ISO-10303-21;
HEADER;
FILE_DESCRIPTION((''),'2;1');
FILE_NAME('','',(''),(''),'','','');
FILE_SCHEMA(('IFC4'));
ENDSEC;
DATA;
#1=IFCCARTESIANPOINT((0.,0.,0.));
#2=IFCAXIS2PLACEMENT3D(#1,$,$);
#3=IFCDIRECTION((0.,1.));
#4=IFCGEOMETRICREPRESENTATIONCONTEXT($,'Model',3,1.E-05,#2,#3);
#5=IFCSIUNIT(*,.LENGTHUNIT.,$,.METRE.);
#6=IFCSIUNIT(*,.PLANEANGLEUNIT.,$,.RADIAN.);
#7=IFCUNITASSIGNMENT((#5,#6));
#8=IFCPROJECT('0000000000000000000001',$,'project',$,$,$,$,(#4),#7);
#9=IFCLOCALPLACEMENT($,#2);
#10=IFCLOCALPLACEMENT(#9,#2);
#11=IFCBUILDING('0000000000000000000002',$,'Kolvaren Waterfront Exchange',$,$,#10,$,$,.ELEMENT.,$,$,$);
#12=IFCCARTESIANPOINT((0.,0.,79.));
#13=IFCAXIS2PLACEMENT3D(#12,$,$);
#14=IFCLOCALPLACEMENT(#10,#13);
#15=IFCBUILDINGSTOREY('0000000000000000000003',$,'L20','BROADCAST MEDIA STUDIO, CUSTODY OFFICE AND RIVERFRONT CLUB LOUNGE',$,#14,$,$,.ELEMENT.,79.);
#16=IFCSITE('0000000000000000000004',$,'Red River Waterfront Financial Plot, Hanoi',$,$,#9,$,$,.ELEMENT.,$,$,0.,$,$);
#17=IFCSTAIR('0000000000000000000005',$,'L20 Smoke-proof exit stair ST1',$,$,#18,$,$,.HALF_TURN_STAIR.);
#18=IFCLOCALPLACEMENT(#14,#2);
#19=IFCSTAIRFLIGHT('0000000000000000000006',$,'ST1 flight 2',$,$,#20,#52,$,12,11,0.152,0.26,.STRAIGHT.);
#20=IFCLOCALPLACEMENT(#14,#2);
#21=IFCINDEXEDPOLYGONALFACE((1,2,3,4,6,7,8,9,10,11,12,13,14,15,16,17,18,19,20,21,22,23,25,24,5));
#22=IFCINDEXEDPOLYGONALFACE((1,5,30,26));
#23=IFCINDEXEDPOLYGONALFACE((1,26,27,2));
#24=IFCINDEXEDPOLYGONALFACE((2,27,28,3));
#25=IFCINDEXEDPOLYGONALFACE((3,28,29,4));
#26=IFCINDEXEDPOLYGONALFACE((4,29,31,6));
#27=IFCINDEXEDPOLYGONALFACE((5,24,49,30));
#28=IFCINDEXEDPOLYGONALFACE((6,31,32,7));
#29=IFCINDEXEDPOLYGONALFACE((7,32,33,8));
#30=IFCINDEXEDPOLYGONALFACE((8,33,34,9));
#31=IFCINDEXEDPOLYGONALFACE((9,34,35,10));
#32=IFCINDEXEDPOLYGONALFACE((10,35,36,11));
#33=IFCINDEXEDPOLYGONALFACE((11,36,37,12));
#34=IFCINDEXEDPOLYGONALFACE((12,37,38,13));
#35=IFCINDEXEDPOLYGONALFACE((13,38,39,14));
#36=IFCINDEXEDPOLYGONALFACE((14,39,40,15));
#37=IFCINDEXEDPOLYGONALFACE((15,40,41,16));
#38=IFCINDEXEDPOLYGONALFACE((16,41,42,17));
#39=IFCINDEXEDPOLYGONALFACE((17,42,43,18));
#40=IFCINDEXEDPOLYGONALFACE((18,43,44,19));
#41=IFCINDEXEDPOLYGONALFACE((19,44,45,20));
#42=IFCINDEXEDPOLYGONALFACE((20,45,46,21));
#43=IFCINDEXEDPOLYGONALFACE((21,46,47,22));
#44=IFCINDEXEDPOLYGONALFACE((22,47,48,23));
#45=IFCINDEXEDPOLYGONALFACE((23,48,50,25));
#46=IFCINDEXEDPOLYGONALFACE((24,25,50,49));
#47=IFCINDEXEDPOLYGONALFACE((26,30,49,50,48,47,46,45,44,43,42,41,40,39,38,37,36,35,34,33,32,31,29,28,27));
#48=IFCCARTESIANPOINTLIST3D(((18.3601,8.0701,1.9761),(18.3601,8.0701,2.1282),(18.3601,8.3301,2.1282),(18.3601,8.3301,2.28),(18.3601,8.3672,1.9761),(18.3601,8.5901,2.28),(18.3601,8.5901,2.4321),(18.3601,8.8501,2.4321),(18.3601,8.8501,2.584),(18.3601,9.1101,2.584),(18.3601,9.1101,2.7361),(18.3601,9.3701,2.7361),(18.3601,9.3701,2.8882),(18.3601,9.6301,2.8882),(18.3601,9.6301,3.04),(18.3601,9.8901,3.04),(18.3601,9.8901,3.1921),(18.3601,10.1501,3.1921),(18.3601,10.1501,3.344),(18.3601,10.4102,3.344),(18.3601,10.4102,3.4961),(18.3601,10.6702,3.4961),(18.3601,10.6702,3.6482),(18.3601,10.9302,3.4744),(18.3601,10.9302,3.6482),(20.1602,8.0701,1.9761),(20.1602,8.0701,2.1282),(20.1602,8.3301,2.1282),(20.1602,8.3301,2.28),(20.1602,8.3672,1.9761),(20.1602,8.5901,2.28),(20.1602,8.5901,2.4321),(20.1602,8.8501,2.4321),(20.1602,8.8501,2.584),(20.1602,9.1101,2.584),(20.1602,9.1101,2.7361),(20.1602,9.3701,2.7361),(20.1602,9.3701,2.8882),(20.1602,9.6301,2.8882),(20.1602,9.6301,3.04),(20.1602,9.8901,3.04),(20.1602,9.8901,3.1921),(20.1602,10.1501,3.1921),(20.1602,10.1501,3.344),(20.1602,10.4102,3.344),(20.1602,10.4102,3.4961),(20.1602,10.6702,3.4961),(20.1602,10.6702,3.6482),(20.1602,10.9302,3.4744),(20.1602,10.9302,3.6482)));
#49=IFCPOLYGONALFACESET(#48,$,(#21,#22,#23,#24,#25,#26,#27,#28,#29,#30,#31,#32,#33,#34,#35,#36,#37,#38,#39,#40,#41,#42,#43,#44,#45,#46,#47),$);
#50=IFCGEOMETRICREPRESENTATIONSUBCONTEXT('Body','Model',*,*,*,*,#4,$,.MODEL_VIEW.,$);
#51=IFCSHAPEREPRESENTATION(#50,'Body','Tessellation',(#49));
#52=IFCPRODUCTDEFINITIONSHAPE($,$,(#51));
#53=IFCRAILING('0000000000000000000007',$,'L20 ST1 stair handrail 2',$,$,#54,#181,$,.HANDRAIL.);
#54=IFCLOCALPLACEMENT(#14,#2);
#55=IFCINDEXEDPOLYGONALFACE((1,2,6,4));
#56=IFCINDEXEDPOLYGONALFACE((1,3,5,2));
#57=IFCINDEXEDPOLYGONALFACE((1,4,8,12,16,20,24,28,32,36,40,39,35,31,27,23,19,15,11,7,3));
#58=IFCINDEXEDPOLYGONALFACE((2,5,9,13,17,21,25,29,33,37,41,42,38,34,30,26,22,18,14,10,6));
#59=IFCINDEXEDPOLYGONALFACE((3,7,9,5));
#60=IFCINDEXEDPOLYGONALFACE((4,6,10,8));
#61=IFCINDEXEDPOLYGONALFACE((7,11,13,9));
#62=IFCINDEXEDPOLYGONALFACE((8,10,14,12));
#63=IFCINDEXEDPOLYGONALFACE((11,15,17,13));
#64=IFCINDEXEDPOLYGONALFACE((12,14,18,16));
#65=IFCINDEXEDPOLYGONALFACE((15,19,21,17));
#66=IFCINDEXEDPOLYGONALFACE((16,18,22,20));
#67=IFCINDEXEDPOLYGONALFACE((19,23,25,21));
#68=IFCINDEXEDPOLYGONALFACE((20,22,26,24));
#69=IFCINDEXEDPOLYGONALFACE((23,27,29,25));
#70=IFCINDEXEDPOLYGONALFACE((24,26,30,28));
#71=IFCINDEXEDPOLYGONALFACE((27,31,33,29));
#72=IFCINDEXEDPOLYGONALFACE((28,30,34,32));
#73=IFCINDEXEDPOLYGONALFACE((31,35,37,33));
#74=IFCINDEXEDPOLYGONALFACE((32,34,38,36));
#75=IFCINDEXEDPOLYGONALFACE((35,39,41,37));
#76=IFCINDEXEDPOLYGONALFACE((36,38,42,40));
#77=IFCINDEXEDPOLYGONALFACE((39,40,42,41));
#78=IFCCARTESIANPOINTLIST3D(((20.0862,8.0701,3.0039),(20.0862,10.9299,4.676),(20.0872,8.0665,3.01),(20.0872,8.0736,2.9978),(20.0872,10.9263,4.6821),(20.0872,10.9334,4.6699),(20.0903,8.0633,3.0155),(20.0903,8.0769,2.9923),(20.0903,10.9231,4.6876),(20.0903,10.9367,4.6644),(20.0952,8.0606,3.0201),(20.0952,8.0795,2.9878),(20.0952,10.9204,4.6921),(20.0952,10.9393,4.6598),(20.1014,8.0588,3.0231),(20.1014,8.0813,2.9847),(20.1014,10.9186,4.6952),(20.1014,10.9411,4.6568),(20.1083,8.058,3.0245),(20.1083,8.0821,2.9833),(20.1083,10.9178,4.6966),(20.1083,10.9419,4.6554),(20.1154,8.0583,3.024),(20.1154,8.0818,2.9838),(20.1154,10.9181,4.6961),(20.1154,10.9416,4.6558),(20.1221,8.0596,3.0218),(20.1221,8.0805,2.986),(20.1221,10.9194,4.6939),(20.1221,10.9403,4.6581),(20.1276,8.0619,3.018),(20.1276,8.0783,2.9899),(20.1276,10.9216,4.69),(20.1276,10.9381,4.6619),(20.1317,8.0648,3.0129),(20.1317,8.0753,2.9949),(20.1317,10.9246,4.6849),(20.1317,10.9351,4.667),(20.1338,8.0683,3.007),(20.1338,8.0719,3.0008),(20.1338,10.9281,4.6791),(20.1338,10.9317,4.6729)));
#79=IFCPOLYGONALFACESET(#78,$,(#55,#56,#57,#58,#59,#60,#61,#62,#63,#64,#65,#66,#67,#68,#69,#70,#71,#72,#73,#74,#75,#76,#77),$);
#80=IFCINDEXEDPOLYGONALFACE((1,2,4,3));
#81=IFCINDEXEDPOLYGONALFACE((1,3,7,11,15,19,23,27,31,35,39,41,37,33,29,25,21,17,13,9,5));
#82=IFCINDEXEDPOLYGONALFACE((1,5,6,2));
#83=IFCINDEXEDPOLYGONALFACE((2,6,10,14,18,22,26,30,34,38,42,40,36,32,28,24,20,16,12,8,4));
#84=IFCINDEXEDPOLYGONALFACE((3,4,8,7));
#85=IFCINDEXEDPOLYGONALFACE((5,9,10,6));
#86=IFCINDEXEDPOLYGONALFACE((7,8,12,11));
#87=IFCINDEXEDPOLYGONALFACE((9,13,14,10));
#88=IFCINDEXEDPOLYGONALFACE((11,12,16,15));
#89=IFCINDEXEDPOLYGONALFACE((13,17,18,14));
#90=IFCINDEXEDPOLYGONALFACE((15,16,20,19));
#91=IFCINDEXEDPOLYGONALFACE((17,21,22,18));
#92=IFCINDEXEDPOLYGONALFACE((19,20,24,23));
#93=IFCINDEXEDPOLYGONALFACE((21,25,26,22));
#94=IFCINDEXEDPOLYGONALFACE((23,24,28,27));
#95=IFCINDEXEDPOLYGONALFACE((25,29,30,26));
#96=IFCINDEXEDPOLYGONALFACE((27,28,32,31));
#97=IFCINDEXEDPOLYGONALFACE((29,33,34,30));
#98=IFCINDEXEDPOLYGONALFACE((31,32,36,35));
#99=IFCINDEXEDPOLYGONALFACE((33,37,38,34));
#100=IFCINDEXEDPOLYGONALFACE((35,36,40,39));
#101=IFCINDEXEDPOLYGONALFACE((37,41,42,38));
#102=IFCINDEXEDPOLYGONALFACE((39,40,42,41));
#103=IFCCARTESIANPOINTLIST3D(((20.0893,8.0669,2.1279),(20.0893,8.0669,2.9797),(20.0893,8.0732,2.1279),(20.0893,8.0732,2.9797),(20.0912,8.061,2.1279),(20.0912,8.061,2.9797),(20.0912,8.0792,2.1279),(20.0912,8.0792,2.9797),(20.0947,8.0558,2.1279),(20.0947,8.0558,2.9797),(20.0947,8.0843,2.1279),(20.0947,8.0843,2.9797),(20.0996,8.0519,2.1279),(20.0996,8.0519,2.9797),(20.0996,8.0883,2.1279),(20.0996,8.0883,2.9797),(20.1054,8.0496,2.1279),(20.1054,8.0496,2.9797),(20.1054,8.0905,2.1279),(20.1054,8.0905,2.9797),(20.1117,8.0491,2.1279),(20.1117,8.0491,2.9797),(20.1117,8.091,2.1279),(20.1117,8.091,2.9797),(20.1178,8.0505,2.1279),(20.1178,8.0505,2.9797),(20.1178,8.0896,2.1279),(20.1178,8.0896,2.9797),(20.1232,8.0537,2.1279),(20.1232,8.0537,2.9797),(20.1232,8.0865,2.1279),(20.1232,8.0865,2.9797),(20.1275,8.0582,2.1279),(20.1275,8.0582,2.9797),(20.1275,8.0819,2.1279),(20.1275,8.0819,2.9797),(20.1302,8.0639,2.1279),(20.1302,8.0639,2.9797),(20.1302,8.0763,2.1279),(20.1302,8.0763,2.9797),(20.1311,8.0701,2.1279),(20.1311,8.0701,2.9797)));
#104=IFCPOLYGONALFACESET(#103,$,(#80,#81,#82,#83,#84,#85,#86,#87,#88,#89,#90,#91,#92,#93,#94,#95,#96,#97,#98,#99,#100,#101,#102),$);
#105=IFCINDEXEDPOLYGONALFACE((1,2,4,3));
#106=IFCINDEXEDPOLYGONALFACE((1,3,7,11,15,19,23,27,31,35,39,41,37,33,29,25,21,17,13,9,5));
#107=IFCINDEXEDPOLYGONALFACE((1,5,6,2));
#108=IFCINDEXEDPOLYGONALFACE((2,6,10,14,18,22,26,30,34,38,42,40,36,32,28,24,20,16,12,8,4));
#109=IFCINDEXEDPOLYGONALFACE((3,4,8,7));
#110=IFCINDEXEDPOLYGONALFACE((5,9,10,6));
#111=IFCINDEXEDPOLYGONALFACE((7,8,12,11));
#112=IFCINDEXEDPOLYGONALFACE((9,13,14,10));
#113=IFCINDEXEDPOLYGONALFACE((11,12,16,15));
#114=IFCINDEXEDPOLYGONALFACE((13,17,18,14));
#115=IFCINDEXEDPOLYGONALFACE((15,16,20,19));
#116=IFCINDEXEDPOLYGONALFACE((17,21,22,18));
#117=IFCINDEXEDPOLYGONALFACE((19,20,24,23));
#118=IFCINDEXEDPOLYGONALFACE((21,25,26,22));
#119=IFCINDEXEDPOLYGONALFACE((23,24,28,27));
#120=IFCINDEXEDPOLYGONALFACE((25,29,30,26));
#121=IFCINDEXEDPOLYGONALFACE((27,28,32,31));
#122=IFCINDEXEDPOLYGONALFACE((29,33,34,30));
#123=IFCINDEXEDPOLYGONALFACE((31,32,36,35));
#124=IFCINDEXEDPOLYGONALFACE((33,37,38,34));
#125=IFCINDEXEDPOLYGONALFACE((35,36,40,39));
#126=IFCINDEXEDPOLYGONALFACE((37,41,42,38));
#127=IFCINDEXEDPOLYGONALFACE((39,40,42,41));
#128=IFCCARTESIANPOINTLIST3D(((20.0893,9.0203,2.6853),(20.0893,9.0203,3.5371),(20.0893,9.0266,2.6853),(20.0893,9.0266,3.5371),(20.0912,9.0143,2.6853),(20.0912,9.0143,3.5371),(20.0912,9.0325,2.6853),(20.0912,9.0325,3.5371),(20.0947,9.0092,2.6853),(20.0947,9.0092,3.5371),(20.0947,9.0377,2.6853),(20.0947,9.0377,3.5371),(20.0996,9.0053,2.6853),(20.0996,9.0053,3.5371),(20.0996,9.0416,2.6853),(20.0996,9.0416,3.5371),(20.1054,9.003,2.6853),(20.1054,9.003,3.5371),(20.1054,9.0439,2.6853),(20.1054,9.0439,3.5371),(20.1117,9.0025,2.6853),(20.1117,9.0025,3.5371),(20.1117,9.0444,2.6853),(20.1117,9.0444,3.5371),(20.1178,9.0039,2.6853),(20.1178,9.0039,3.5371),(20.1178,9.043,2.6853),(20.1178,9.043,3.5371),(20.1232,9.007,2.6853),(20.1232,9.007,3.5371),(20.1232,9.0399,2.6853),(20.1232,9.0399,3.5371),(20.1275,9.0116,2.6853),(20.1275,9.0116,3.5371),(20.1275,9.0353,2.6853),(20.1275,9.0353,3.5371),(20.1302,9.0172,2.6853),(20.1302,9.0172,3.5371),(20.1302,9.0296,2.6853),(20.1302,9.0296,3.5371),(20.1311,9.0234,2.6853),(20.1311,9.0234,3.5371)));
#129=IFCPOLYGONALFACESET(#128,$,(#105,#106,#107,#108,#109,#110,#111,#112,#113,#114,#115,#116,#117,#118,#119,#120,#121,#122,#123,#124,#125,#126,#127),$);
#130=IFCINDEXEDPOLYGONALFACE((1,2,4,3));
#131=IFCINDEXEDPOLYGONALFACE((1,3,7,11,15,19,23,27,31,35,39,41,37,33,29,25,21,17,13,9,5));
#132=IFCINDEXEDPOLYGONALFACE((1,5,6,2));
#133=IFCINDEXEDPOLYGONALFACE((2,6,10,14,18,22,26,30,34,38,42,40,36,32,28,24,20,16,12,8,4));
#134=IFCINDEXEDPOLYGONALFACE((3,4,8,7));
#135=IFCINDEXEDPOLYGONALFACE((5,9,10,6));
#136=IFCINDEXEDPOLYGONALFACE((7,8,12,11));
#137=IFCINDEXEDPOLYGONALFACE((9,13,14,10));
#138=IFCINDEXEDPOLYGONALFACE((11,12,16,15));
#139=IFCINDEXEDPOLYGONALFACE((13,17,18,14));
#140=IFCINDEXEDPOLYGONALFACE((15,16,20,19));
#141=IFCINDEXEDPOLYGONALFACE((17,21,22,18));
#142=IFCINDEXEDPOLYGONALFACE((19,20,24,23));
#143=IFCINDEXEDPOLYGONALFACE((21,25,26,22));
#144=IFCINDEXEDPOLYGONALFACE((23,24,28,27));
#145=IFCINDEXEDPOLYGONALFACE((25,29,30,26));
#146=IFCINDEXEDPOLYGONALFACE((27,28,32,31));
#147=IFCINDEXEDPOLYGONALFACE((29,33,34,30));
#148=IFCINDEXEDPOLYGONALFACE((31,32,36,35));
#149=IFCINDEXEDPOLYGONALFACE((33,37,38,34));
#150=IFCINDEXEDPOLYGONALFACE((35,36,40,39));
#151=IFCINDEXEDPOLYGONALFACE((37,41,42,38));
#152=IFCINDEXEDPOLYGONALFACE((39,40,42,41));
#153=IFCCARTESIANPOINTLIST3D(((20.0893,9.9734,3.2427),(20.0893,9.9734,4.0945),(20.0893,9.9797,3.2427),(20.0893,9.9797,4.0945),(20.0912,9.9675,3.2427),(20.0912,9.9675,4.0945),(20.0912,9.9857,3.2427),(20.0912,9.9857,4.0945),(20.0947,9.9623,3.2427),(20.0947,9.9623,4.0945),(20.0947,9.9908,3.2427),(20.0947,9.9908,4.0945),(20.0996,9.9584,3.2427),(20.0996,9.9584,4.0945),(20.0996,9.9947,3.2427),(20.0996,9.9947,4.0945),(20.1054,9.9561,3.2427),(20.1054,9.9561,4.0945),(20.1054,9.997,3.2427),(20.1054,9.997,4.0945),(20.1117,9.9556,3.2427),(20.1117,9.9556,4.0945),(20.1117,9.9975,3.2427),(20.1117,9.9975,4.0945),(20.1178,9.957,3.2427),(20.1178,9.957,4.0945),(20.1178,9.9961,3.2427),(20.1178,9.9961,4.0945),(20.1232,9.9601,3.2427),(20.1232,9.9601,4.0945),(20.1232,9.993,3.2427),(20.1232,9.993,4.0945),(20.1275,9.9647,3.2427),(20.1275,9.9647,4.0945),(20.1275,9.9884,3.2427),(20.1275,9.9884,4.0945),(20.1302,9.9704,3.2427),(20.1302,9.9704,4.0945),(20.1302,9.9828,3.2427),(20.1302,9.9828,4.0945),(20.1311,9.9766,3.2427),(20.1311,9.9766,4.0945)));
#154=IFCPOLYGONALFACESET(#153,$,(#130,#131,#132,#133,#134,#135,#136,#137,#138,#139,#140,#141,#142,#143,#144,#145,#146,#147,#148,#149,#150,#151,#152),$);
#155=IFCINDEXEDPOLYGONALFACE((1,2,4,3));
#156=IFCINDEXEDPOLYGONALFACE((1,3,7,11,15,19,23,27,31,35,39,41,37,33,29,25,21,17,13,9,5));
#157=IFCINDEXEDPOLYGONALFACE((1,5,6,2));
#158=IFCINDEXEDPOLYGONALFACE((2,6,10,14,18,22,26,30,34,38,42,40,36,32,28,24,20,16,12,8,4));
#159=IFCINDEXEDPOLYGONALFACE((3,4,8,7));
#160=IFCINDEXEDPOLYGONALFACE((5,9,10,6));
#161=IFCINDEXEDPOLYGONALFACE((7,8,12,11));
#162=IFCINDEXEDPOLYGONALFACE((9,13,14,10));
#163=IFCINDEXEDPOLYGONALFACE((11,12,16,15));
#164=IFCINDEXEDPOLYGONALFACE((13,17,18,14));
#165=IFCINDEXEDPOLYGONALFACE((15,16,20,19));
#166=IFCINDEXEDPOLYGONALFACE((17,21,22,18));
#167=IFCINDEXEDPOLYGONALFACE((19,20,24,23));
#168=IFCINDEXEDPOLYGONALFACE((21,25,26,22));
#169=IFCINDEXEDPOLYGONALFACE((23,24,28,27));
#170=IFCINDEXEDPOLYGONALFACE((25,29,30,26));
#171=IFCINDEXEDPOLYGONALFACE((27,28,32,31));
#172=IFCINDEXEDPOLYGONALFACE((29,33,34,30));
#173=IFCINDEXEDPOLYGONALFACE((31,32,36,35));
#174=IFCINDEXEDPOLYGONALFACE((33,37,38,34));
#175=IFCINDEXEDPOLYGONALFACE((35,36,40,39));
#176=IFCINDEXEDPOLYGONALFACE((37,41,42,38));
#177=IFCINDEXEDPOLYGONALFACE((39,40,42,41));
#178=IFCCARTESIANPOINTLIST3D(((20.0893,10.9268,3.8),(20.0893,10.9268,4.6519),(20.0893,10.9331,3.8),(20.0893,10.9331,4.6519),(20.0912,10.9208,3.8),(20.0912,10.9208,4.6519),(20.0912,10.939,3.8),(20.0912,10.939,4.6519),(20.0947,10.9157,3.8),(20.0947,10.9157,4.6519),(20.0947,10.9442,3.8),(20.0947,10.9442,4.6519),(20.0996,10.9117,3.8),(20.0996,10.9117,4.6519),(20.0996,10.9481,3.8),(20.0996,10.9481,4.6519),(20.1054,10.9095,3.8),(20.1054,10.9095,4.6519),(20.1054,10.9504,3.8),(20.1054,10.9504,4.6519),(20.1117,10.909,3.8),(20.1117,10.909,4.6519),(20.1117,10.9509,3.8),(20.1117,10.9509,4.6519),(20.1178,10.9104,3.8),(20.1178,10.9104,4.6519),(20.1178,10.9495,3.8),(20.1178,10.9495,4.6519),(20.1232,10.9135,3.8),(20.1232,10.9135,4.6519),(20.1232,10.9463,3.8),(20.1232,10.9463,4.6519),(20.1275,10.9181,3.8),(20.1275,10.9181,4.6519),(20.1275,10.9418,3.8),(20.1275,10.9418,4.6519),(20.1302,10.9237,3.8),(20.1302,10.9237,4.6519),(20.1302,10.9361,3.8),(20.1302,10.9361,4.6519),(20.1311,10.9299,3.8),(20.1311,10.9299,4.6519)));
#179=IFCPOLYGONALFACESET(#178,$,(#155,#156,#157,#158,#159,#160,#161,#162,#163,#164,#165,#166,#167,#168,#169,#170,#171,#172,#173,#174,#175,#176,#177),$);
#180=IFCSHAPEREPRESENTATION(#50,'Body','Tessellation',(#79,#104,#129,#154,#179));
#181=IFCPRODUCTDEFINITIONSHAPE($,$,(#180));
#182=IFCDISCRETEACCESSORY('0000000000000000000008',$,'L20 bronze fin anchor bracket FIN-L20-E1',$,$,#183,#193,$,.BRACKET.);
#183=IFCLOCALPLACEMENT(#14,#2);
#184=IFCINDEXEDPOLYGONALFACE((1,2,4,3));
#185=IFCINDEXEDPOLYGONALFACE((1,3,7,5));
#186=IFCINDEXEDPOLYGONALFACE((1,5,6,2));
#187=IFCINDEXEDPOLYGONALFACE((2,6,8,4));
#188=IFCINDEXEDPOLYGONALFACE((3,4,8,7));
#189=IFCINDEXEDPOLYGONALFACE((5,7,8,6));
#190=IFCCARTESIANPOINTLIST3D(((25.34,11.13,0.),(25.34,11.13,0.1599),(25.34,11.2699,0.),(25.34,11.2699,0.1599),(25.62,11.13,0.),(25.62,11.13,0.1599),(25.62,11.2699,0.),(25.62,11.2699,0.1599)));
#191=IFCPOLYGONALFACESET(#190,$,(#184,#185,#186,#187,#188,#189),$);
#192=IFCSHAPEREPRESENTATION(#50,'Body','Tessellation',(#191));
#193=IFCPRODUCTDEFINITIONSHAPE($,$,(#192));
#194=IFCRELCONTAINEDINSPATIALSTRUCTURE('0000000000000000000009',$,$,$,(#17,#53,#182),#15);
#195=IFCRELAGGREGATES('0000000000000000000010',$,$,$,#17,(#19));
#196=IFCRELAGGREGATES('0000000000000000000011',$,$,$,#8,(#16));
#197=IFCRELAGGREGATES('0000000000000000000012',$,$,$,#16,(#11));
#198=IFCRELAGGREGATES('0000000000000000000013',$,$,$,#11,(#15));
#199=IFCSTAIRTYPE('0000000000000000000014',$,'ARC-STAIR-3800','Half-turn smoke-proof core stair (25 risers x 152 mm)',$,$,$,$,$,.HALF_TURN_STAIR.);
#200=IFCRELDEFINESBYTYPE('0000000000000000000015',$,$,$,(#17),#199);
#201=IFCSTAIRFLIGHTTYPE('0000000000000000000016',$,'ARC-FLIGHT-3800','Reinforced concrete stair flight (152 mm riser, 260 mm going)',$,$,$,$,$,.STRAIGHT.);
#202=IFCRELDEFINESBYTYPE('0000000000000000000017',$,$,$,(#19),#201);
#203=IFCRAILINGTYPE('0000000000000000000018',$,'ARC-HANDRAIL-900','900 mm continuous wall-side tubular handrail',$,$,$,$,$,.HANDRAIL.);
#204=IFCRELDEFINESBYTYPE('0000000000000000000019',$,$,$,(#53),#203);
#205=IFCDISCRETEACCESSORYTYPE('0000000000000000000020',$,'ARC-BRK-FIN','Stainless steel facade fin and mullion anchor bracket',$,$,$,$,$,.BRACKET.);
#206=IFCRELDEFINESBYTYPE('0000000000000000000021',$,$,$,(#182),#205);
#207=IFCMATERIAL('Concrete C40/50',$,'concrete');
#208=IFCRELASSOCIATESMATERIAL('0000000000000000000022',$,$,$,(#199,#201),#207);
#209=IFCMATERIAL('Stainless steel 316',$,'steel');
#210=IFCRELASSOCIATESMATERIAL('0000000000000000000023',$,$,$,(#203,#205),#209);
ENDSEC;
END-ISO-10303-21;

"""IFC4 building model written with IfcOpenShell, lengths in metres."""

from ifc_helpers import new_model, si_unit, direction, frame, origin, origin_with_axes, origin_2d, place, context, subcontext, project, spatial, polyline, rectangle, circle, outline, extrude, source, transform, mapped, material, type_object, element, aggregate, save


model = new_model("IFC4")

# Units and contexts
model_context = context("Model", 3, precision=1e-05, world=origin(), true_north=direction((0.0, 1.0)))
body_context = subcontext(model_context, "Body", "Model", "MODEL_VIEW")
ifc_project = project(units=[si_unit("LENGTHUNIT", "METRE"), si_unit("PLANEANGLEUNIT", "RADIAN")], contexts=[model_context])

# Site, building, storey
site_placement = place(None, origin())
site = spatial("IfcSite", under=ifc_project, at=site_placement, Name="Red River Waterfront Financial Plot, Hanoi", CompositionType="ELEMENT", RefElevation=0.0)
building_placement = place(site_placement, origin())
building = spatial("IfcBuilding", under=site, at=building_placement, Name="Kolvaren Waterfront Exchange", CompositionType="ELEMENT")
storey_placement = place(building_placement, frame((0.0, 0.0, 79.0)))
storey = spatial("IfcBuildingStorey", under=building, at=storey_placement, Name="L20", Description="BROADCAST MEDIA STUDIO, CUSTODY OFFICE AND RIVERFRONT CLUB LOUNGE", CompositionType="ELEMENT", Elevation=79.0)

# Shared definitions
ifc_material_1 = material(Name="Concrete C40/50", Category="concrete")

# Stair, stair flight
stair_type = type_object("IfcStairType", Name="ARC-STAIR-3800", Description="Half-turn smoke-proof core stair (25 risers x 152 mm)", PredefinedType="HALF_TURN_STAIR", material=ifc_material_1)
stair_placement = place(storey_placement, origin())
stair = element("IfcStair", 1, at=stair_placement, inside=storey, type_object=stair_type, Name="L20 Smoke-proof exit stair ST1", PredefinedType="HALF_TURN_STAIR")
stair_flight_type = type_object("IfcStairFlightType", Name="ARC-FLIGHT-3800", Description="Reinforced concrete stair flight (152 mm riser, 260 mm going)", PredefinedType="STRAIGHT", material=ifc_material_1)
stair_flight_placement = place(storey_placement, frame((19.26, 8.0701, 1.9761), z_axis=(0.0, 0.0, 1.0), x_axis=(0.0, 1.0, 0.0)))
stair_flight = element("IfcStairFlight", 2, at=stair_flight_placement, type_object=stair_flight_type, Name="ST1 flight 2", NumberOfRisers=12, NumberOfTreads=11, PredefinedType="STRAIGHT", RiserHeight=0.152, TreadLength=0.26, context=body_context, shape_type="SweptSolid", body=[
    extrude(outline(polyline([(0.0, 0.0), (0.0, 0.1521), (0.26, 0.1521), (0.26, 0.304), (0.52, 0.304), (0.52, 0.4561), (0.78, 0.4561), (0.78, 0.6079), (1.04, 0.6079), (1.04, 0.76), (1.3, 0.76), (1.3, 0.9121), (1.5601, 0.9121), (1.5601, 1.064), (1.8201, 1.064), (1.8201, 1.2161), (2.0801, 1.2161), (2.0801, 1.3679), (2.3401, 1.3679), (2.3401, 1.52), (2.6001, 1.52), (2.6001, 1.6721), (2.8601, 1.6721), (2.8601, 1.824), (2.8601, 1.4983), (0.2971, 0.0), (0.0, 0.0)])), frame((0.0, 0.8999, 0.0), z_axis=(0.0, -1.0, 0.0), x_axis=(1.0, 0.0, 0.0)), (0.0, 0.0, 1.0), 1.8),
])
aggregate(stair, [stair_flight])

# Railing
ifc_material_2 = material(Name="Stainless steel 316", Category="steel")
railing_type = type_object("IfcRailingType", Name="ARC-HANDRAIL-900", Description="900 mm continuous wall-side tubular handrail", PredefinedType="HANDRAIL", material=ifc_material_2)
railing_placement = place(storey_placement, frame((20.1101, 8.0701, 2.1279)))
element("IfcRailing", 3, at=railing_placement, inside=storey, type_object=railing_type, Name="L20 ST1 stair handrail 2", PredefinedType="HANDRAIL", context=body_context, shape_type="SweptSolid", body=[
    extrude(circle(Radius=0.0239, at=origin_2d()), frame((0.0, 0.0, 0.876), z_axis=(0.0, 0.863271, 0.504741), x_axis=(-1.0, 0.0, 0.0)), (0.0, 0.0, 1.0), 3.3127),
    extrude(circle(Radius=0.021, at=origin_2d()), origin(), (0.0, 0.0, 1.0), 0.8518),
    extrude(circle(Radius=0.021, at=origin_2d()), frame((0.0, 0.9534, 0.5574)), (0.0, 0.0, 1.0), 0.8518),
    extrude(circle(Radius=0.021, at=origin_2d()), frame((0.0, 1.9065, 1.1147)), (0.0, 0.0, 1.0), 0.8518),
    extrude(circle(Radius=0.021, at=origin_2d()), frame((0.0, 2.8599, 1.6721)), (0.0, 0.0, 1.0), 0.8518),
])

# Discrete accessory
discrete_accessory_type = type_object("IfcDiscreteAccessoryType", Name="ARC-BRK-FIN", Description="Stainless steel facade fin and mullion anchor bracket", PredefinedType="BRACKET", material=ifc_material_2)
shared_shape_1 = source(origin_with_axes(), body_context, "Body", "SweptSolid", [
    extrude(rectangle(XDim=0.28, YDim=0.1399, at=origin_2d()), origin(), (0.0, 0.0, 1.0), 0.1599),
])
discrete_accessory_placement = place(storey_placement, frame((25.48, 11.2, 0.0), z_axis=(0.0, 0.0, 1.0), x_axis=(1.0, 0.0, 0.0)))
element("IfcDiscreteAccessory", 4, at=discrete_accessory_placement, inside=storey, type_object=discrete_accessory_type, Name="L20 bronze fin anchor bracket FIN-L20-E1", PredefinedType="BRACKET", context=body_context, shape_type="MappedRepresentation", body=[
    mapped(shared_shape_1, transform((0.0, 0.0, 0.0), x_axis=(1.0, 0.0, 0.0), y_axis=(0.0, 1.0, 0.0), z_axis=(0.0, 0.0, 1.0), scale=1.0)),
])

save(model, "model.ifc")
